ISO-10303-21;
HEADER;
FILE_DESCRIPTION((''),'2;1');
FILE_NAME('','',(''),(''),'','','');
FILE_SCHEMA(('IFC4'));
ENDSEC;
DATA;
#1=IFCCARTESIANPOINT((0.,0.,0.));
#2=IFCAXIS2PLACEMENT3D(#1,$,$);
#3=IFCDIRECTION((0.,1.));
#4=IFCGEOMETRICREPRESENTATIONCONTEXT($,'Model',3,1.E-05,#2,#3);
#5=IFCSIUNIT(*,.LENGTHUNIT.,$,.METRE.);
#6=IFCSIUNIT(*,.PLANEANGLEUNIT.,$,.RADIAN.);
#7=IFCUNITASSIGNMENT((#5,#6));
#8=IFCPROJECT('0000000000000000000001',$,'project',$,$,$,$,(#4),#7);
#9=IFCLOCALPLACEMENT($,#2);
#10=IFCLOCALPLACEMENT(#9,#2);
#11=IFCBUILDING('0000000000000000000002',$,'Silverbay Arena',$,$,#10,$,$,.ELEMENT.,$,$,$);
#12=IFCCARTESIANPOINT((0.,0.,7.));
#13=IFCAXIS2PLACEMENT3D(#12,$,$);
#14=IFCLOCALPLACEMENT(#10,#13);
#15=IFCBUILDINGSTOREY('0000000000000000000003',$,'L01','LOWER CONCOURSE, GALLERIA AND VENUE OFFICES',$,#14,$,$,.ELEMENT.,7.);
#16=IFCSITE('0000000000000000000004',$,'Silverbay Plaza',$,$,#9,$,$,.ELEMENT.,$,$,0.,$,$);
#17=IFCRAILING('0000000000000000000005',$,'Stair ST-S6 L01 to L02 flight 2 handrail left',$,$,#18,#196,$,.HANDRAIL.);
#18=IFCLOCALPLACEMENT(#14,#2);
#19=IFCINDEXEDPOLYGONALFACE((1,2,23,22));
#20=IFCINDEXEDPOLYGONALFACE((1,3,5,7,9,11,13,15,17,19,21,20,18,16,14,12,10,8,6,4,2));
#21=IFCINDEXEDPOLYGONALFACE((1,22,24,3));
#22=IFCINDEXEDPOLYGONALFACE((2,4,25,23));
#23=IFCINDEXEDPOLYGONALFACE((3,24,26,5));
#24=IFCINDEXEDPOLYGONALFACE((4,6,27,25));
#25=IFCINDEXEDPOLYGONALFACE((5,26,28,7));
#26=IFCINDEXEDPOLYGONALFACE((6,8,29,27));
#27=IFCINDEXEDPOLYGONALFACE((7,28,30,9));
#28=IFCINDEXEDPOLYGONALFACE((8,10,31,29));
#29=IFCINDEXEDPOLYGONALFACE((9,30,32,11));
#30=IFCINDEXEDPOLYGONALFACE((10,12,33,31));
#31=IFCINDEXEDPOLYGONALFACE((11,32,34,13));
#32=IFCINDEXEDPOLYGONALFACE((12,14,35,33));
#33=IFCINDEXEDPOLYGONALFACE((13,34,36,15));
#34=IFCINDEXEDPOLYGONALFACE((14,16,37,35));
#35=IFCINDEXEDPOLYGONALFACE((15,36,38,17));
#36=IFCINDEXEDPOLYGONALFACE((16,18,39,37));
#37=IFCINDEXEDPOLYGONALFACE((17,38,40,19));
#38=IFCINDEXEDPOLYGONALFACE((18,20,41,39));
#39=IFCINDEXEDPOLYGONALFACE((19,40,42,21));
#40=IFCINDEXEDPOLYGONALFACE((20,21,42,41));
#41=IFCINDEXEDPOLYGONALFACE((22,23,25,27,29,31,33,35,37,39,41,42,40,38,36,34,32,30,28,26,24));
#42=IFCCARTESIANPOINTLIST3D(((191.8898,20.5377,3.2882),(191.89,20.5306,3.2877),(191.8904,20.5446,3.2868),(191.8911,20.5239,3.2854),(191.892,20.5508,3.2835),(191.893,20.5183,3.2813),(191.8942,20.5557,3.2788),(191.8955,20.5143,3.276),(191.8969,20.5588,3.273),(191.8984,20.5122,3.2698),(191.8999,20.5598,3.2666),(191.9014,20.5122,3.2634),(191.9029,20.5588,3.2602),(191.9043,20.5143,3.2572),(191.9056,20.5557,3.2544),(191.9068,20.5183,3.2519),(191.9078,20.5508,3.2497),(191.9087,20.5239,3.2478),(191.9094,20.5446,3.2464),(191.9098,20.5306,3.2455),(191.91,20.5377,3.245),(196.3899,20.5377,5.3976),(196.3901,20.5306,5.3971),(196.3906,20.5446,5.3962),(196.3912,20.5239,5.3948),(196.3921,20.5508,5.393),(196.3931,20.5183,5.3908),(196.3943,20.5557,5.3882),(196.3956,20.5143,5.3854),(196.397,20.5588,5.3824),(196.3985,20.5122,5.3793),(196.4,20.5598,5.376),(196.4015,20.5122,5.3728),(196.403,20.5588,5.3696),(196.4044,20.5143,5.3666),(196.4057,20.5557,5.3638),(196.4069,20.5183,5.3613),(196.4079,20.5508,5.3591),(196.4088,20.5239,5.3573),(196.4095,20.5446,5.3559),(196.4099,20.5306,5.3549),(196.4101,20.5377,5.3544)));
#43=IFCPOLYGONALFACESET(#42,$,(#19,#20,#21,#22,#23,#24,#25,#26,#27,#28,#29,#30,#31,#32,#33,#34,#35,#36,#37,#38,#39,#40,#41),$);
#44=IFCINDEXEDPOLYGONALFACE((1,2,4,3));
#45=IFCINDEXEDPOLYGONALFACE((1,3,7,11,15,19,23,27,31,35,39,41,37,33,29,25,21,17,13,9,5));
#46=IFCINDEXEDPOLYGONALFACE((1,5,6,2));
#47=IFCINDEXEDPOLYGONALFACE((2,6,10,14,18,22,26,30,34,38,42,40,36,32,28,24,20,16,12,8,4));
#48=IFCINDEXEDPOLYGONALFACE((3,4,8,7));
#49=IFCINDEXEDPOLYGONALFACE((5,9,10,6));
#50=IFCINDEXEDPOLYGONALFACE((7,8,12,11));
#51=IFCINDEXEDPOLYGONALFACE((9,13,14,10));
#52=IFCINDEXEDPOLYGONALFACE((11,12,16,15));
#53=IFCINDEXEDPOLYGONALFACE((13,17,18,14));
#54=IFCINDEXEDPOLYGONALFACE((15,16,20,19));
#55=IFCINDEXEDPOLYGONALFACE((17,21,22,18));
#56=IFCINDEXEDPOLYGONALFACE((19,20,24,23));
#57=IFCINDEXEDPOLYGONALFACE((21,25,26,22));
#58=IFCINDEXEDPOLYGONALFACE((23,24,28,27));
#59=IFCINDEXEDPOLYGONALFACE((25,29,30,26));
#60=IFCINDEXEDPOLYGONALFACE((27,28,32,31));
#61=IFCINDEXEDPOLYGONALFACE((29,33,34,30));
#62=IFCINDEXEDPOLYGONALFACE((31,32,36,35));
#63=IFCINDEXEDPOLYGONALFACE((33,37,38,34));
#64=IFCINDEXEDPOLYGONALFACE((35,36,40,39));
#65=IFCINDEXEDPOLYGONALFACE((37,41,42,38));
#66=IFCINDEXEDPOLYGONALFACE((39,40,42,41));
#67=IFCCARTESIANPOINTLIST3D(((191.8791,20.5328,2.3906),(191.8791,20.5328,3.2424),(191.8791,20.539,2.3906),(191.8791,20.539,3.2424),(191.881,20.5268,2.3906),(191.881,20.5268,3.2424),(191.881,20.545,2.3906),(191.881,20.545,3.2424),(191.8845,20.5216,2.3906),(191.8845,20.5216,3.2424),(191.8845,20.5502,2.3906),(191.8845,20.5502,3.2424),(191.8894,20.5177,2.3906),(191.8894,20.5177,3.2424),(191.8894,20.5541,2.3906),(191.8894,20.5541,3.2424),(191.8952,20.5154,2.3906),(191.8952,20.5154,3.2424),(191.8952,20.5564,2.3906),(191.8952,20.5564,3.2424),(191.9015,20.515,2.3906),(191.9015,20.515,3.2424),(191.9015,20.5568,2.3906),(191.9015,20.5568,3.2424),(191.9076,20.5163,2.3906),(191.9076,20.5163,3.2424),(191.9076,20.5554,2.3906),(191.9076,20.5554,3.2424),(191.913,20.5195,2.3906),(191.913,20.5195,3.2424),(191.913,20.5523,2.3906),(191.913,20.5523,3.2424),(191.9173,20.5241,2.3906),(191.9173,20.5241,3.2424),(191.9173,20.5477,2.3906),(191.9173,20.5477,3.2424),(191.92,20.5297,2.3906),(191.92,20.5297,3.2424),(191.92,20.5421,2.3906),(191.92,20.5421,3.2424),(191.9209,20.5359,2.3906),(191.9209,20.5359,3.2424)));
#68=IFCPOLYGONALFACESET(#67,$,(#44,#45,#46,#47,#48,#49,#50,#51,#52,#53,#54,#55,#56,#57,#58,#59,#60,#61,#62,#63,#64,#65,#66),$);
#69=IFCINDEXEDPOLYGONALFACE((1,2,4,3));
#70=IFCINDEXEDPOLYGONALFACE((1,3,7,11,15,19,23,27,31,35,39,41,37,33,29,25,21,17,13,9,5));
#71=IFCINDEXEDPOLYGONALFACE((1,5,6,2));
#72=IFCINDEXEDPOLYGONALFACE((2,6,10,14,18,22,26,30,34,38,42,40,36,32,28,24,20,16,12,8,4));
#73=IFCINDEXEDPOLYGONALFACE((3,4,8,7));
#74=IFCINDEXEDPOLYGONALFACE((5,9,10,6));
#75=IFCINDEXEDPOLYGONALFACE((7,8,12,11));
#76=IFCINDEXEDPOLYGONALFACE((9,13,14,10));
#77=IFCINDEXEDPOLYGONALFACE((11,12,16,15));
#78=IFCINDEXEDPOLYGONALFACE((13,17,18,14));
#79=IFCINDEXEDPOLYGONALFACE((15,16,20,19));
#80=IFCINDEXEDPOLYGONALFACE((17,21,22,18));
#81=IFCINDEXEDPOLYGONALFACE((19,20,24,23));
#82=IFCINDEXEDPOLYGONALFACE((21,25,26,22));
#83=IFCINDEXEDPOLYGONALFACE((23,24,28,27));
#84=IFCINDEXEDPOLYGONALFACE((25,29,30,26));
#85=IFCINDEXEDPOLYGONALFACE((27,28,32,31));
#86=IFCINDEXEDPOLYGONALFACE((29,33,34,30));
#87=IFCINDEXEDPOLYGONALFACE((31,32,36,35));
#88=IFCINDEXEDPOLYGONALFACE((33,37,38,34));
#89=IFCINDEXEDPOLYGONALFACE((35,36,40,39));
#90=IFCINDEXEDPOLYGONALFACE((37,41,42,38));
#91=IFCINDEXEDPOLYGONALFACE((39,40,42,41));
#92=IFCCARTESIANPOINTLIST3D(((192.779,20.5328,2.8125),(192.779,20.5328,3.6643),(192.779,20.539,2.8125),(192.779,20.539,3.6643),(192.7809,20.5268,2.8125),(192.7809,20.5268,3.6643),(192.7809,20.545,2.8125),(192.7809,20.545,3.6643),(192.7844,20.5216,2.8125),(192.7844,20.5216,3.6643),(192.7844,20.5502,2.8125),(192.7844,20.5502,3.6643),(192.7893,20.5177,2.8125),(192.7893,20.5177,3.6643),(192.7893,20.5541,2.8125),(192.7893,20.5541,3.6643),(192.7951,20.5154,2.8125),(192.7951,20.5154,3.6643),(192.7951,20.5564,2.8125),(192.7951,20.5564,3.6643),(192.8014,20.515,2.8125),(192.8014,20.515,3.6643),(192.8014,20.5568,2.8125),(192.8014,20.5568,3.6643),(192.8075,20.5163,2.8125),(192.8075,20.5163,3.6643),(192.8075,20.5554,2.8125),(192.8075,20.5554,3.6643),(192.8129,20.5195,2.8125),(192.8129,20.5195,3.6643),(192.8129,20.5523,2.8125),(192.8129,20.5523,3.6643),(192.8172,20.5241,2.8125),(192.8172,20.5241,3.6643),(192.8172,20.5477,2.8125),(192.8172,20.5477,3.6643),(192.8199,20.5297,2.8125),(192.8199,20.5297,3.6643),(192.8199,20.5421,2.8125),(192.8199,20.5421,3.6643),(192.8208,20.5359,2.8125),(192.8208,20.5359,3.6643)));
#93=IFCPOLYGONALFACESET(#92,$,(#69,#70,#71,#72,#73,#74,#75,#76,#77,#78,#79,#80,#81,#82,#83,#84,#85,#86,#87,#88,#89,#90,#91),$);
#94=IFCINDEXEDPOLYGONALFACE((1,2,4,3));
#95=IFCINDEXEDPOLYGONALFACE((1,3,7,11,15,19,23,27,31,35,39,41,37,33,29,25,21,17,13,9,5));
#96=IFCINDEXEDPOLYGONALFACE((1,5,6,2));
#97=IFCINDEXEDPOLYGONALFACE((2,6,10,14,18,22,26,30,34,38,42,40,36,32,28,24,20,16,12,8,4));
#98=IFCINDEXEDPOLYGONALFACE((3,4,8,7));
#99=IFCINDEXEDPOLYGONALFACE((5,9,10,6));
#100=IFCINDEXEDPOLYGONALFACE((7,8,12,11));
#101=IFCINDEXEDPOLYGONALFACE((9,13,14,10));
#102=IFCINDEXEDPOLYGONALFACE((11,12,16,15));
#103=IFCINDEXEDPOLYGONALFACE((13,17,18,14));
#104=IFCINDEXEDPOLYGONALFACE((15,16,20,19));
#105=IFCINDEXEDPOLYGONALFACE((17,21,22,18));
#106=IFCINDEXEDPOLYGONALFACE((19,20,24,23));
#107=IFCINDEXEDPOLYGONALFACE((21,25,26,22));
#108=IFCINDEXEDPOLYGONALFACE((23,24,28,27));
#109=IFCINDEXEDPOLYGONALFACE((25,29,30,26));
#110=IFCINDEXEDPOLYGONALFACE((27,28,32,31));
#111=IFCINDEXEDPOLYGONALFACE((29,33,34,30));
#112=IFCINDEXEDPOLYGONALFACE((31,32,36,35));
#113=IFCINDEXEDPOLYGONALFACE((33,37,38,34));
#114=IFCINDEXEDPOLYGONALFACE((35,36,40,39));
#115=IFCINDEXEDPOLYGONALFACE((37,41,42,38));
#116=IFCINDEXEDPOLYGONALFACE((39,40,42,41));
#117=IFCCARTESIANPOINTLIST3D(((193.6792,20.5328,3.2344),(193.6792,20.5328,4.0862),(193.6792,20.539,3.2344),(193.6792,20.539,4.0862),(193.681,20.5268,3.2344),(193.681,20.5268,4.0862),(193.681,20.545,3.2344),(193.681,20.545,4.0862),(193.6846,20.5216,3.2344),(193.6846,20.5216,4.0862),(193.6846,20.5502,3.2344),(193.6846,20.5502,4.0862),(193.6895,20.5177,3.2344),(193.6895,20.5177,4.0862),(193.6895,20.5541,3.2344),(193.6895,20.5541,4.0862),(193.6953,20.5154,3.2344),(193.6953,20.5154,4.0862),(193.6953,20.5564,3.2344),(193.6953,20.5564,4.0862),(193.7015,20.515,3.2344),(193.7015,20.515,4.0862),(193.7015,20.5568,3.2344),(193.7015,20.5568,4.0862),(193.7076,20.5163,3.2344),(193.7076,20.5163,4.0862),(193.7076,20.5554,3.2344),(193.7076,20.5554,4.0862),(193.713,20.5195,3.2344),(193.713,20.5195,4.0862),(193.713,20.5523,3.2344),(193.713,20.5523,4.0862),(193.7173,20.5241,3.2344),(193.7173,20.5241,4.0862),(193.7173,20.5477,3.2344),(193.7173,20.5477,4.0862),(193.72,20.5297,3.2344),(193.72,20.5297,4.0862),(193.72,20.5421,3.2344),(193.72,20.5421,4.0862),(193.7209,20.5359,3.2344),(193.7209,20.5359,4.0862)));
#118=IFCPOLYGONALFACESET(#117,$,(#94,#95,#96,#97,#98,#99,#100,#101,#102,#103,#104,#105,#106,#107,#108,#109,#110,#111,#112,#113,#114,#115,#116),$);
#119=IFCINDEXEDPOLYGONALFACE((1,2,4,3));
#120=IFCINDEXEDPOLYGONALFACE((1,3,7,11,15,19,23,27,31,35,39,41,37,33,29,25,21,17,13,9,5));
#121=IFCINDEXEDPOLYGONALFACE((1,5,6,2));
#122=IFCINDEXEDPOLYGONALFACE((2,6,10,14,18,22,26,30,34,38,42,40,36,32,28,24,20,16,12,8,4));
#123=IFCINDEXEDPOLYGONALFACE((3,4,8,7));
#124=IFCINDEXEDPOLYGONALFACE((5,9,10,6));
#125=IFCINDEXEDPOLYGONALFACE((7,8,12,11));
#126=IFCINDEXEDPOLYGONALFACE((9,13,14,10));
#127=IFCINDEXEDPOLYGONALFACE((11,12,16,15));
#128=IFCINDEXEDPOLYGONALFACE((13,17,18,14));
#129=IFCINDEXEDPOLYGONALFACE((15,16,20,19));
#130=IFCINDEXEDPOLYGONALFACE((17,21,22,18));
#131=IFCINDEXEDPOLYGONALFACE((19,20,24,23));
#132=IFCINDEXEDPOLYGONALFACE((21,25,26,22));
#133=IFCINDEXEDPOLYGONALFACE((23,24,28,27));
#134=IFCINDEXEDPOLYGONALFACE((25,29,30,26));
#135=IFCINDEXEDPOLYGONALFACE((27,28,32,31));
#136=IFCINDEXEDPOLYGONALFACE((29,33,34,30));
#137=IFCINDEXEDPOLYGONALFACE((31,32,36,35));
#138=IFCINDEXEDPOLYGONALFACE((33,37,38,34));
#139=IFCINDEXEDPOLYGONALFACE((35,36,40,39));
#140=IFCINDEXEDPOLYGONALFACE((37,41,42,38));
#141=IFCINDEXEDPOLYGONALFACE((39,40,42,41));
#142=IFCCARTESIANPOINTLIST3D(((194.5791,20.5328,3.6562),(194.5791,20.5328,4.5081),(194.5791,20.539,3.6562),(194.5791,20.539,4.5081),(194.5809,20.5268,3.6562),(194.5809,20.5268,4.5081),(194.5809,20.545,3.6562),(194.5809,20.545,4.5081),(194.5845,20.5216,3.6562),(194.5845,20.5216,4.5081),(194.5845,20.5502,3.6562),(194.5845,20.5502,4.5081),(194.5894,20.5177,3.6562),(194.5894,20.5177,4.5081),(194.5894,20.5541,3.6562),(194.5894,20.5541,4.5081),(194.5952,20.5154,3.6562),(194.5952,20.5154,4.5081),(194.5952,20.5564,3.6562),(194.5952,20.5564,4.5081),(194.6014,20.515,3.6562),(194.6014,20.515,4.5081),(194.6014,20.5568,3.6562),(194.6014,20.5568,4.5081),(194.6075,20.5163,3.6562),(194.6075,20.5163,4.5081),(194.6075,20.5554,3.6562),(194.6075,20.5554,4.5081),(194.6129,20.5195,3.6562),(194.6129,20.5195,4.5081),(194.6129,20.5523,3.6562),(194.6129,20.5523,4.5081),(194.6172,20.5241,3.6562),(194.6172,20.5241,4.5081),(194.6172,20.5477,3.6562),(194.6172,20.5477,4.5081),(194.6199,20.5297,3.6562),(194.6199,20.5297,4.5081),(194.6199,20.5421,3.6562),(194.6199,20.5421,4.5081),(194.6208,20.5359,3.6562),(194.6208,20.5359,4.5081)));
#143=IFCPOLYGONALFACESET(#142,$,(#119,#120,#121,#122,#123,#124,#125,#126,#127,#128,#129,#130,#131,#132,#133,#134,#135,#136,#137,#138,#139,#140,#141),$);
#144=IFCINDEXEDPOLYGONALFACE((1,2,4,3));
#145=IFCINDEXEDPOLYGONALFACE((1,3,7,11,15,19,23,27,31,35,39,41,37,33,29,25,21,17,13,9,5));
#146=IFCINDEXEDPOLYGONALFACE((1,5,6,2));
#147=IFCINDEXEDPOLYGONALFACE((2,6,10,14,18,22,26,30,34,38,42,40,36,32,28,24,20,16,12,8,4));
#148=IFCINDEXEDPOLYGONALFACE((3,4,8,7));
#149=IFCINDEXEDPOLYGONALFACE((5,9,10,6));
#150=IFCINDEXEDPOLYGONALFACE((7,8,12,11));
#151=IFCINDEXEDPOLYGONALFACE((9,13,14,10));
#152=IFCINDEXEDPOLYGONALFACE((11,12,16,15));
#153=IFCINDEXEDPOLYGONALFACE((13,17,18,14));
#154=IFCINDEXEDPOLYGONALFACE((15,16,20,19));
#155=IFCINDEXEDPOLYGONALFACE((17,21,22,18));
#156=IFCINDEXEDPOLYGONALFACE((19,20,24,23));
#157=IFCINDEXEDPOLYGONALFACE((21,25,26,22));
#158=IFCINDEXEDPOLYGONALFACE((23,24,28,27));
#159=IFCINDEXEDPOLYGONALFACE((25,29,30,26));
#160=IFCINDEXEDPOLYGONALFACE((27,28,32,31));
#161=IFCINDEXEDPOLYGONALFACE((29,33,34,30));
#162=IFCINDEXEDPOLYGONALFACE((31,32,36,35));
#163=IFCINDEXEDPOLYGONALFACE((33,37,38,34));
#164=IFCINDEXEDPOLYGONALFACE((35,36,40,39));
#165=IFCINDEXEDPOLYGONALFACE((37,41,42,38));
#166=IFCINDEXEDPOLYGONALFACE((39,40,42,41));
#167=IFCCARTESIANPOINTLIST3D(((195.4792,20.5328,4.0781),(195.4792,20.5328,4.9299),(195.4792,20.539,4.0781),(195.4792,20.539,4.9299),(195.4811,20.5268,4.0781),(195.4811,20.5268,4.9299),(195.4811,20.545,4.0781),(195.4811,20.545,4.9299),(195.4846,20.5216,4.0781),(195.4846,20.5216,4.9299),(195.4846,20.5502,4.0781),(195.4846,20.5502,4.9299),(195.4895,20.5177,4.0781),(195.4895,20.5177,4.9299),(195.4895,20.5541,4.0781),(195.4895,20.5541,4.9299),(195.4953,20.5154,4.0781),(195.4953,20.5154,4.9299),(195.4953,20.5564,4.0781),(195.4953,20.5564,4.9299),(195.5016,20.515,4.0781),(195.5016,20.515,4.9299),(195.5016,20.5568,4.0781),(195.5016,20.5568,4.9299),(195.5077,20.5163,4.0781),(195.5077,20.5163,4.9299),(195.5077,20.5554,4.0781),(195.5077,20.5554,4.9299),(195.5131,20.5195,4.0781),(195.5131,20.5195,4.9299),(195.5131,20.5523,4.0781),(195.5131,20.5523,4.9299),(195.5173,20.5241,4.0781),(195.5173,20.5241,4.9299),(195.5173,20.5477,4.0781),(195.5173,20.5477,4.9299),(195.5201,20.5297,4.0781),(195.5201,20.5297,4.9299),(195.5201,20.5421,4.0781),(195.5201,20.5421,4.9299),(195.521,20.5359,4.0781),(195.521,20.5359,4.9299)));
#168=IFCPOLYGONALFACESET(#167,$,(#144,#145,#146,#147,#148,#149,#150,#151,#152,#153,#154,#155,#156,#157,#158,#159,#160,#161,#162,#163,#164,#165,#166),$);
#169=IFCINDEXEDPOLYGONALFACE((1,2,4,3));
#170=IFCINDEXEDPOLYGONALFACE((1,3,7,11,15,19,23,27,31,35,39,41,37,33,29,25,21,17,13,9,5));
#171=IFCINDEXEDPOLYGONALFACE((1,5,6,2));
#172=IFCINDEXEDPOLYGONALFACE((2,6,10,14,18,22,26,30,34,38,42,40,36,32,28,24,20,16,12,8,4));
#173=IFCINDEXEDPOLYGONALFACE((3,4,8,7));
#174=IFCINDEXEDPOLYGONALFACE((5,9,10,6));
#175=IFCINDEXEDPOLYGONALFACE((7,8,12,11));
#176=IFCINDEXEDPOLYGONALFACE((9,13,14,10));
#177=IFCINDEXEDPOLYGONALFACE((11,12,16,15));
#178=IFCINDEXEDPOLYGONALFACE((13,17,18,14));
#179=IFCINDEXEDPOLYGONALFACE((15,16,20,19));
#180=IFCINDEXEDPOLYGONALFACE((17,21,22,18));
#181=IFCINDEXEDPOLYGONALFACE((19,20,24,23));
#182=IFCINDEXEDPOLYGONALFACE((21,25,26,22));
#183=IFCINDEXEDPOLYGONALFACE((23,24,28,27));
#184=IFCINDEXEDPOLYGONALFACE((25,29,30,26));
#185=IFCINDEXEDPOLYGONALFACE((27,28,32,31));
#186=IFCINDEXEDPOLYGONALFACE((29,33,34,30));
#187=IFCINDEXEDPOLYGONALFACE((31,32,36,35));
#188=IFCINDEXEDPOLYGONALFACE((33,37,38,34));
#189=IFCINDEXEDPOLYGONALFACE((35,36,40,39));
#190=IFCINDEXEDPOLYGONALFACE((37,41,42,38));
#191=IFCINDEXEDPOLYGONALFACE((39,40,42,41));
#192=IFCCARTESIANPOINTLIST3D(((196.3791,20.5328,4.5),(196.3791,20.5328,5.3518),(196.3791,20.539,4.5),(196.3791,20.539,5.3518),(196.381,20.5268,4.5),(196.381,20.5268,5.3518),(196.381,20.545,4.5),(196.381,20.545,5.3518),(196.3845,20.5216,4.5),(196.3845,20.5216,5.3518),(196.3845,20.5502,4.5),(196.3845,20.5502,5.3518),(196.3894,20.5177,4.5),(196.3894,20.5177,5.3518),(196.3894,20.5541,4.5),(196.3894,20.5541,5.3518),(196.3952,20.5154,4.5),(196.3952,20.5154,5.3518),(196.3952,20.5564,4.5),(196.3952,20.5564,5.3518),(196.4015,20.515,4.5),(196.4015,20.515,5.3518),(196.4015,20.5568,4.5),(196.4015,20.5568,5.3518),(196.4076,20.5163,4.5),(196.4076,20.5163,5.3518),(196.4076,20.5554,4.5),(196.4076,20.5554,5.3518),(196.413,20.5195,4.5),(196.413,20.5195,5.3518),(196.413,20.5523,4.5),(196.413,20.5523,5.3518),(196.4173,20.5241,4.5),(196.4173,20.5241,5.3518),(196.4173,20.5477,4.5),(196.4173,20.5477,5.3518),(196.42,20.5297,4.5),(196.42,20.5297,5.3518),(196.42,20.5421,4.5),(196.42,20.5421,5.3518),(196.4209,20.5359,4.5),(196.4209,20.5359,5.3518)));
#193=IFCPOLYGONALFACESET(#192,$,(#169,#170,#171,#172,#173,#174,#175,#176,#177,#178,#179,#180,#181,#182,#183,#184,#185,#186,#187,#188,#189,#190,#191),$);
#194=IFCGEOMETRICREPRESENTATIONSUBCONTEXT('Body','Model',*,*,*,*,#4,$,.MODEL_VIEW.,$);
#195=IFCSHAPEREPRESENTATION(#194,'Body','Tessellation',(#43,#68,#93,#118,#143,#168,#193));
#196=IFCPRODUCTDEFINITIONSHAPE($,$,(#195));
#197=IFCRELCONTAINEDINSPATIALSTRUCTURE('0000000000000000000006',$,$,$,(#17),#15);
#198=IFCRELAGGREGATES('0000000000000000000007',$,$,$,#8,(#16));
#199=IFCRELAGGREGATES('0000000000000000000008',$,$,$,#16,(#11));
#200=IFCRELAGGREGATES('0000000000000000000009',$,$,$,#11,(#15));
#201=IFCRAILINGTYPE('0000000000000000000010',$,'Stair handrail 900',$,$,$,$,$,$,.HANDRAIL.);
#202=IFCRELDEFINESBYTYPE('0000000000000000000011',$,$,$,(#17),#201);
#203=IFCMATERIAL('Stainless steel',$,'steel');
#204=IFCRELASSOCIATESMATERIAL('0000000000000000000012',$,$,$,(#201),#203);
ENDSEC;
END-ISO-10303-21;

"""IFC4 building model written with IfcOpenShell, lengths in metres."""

from ifc_helpers import new_model, si_unit, direction, frame, origin, origin_2d, place, context, subcontext, project, spatial, circle, extrude, material, type_object, element, save


model = new_model("IFC4")

# Units and contexts
model_context = context("Model", 3, precision=1e-05, world=origin(), true_north=direction((0.0, 1.0)))
body_context = subcontext(model_context, "Body", "Model", "MODEL_VIEW")
ifc_project = project(units=[si_unit("LENGTHUNIT", "METRE"), si_unit("PLANEANGLEUNIT", "RADIAN")], contexts=[model_context])

# Site, building, storey
site_placement = place(None, origin())
site = spatial("IfcSite", under=ifc_project, at=site_placement, Name="Silverbay Plaza", CompositionType="ELEMENT", RefElevation=0.0)
building_placement = place(site_placement, origin())
building = spatial("IfcBuilding", under=site, at=building_placement, Name="Silverbay Arena", CompositionType="ELEMENT")
storey_placement = place(building_placement, frame((0.0, 0.0, 7.0)))
storey = spatial("IfcBuildingStorey", under=building, at=storey_placement, Name="L01", Description="LOWER CONCOURSE, GALLERIA AND VENUE OFFICES", CompositionType="ELEMENT", Elevation=7.0)

# Railing
ifc_material_1 = material(Name="Stainless steel", Category="steel")
railing_type_1 = type_object("IfcRailingType", Name="Stair handrail 900", PredefinedType="HANDRAIL", material=ifc_material_1)
for number, where, name in (
    (1, (191.8999, 20.5359, 2.3906), "Stair ST-S6 L01 to L02 flight 2 handrail left"),
):
    element("IfcRailing", number, at=place(storey_placement, frame(where)), inside=storey, type_object=railing_type_1, Name=name, PredefinedType="HANDRAIL", context=body_context, shape_type="SweptSolid", body=[
        extrude(circle(Radius=0.0239, at=origin_2d()), frame((0.0, 0.0, 0.876), z_axis=(0.905459, 0.0, 0.424434), x_axis=(0.0, 1.0, 0.0)), (0.0, 0.0, 1.0), 4.97),
        extrude(circle(Radius=0.021, at=origin_2d()), origin(), (0.0, 0.0, 1.0), 0.8518),
        extrude(circle(Radius=0.021, at=origin_2d()), frame((0.8999, 0.0, 0.4219)), (0.0, 0.0, 1.0), 0.8518),
        extrude(circle(Radius=0.021, at=origin_2d()), frame((1.8, 0.0, 0.8438)), (0.0, 0.0, 1.0), 0.8518),
        extrude(circle(Radius=0.021, at=origin_2d()), frame((2.7, 0.0, 1.2656)), (0.0, 0.0, 1.0), 0.8518),
        extrude(circle(Radius=0.021, at=origin_2d()), frame((3.6001, 0.0, 1.6875)), (0.0, 0.0, 1.0), 0.8518),
        extrude(circle(Radius=0.021, at=origin_2d()), frame((4.5, 0.0, 2.1094)), (0.0, 0.0, 1.0), 0.8518),
    ])

save(model, "model.ifc")
